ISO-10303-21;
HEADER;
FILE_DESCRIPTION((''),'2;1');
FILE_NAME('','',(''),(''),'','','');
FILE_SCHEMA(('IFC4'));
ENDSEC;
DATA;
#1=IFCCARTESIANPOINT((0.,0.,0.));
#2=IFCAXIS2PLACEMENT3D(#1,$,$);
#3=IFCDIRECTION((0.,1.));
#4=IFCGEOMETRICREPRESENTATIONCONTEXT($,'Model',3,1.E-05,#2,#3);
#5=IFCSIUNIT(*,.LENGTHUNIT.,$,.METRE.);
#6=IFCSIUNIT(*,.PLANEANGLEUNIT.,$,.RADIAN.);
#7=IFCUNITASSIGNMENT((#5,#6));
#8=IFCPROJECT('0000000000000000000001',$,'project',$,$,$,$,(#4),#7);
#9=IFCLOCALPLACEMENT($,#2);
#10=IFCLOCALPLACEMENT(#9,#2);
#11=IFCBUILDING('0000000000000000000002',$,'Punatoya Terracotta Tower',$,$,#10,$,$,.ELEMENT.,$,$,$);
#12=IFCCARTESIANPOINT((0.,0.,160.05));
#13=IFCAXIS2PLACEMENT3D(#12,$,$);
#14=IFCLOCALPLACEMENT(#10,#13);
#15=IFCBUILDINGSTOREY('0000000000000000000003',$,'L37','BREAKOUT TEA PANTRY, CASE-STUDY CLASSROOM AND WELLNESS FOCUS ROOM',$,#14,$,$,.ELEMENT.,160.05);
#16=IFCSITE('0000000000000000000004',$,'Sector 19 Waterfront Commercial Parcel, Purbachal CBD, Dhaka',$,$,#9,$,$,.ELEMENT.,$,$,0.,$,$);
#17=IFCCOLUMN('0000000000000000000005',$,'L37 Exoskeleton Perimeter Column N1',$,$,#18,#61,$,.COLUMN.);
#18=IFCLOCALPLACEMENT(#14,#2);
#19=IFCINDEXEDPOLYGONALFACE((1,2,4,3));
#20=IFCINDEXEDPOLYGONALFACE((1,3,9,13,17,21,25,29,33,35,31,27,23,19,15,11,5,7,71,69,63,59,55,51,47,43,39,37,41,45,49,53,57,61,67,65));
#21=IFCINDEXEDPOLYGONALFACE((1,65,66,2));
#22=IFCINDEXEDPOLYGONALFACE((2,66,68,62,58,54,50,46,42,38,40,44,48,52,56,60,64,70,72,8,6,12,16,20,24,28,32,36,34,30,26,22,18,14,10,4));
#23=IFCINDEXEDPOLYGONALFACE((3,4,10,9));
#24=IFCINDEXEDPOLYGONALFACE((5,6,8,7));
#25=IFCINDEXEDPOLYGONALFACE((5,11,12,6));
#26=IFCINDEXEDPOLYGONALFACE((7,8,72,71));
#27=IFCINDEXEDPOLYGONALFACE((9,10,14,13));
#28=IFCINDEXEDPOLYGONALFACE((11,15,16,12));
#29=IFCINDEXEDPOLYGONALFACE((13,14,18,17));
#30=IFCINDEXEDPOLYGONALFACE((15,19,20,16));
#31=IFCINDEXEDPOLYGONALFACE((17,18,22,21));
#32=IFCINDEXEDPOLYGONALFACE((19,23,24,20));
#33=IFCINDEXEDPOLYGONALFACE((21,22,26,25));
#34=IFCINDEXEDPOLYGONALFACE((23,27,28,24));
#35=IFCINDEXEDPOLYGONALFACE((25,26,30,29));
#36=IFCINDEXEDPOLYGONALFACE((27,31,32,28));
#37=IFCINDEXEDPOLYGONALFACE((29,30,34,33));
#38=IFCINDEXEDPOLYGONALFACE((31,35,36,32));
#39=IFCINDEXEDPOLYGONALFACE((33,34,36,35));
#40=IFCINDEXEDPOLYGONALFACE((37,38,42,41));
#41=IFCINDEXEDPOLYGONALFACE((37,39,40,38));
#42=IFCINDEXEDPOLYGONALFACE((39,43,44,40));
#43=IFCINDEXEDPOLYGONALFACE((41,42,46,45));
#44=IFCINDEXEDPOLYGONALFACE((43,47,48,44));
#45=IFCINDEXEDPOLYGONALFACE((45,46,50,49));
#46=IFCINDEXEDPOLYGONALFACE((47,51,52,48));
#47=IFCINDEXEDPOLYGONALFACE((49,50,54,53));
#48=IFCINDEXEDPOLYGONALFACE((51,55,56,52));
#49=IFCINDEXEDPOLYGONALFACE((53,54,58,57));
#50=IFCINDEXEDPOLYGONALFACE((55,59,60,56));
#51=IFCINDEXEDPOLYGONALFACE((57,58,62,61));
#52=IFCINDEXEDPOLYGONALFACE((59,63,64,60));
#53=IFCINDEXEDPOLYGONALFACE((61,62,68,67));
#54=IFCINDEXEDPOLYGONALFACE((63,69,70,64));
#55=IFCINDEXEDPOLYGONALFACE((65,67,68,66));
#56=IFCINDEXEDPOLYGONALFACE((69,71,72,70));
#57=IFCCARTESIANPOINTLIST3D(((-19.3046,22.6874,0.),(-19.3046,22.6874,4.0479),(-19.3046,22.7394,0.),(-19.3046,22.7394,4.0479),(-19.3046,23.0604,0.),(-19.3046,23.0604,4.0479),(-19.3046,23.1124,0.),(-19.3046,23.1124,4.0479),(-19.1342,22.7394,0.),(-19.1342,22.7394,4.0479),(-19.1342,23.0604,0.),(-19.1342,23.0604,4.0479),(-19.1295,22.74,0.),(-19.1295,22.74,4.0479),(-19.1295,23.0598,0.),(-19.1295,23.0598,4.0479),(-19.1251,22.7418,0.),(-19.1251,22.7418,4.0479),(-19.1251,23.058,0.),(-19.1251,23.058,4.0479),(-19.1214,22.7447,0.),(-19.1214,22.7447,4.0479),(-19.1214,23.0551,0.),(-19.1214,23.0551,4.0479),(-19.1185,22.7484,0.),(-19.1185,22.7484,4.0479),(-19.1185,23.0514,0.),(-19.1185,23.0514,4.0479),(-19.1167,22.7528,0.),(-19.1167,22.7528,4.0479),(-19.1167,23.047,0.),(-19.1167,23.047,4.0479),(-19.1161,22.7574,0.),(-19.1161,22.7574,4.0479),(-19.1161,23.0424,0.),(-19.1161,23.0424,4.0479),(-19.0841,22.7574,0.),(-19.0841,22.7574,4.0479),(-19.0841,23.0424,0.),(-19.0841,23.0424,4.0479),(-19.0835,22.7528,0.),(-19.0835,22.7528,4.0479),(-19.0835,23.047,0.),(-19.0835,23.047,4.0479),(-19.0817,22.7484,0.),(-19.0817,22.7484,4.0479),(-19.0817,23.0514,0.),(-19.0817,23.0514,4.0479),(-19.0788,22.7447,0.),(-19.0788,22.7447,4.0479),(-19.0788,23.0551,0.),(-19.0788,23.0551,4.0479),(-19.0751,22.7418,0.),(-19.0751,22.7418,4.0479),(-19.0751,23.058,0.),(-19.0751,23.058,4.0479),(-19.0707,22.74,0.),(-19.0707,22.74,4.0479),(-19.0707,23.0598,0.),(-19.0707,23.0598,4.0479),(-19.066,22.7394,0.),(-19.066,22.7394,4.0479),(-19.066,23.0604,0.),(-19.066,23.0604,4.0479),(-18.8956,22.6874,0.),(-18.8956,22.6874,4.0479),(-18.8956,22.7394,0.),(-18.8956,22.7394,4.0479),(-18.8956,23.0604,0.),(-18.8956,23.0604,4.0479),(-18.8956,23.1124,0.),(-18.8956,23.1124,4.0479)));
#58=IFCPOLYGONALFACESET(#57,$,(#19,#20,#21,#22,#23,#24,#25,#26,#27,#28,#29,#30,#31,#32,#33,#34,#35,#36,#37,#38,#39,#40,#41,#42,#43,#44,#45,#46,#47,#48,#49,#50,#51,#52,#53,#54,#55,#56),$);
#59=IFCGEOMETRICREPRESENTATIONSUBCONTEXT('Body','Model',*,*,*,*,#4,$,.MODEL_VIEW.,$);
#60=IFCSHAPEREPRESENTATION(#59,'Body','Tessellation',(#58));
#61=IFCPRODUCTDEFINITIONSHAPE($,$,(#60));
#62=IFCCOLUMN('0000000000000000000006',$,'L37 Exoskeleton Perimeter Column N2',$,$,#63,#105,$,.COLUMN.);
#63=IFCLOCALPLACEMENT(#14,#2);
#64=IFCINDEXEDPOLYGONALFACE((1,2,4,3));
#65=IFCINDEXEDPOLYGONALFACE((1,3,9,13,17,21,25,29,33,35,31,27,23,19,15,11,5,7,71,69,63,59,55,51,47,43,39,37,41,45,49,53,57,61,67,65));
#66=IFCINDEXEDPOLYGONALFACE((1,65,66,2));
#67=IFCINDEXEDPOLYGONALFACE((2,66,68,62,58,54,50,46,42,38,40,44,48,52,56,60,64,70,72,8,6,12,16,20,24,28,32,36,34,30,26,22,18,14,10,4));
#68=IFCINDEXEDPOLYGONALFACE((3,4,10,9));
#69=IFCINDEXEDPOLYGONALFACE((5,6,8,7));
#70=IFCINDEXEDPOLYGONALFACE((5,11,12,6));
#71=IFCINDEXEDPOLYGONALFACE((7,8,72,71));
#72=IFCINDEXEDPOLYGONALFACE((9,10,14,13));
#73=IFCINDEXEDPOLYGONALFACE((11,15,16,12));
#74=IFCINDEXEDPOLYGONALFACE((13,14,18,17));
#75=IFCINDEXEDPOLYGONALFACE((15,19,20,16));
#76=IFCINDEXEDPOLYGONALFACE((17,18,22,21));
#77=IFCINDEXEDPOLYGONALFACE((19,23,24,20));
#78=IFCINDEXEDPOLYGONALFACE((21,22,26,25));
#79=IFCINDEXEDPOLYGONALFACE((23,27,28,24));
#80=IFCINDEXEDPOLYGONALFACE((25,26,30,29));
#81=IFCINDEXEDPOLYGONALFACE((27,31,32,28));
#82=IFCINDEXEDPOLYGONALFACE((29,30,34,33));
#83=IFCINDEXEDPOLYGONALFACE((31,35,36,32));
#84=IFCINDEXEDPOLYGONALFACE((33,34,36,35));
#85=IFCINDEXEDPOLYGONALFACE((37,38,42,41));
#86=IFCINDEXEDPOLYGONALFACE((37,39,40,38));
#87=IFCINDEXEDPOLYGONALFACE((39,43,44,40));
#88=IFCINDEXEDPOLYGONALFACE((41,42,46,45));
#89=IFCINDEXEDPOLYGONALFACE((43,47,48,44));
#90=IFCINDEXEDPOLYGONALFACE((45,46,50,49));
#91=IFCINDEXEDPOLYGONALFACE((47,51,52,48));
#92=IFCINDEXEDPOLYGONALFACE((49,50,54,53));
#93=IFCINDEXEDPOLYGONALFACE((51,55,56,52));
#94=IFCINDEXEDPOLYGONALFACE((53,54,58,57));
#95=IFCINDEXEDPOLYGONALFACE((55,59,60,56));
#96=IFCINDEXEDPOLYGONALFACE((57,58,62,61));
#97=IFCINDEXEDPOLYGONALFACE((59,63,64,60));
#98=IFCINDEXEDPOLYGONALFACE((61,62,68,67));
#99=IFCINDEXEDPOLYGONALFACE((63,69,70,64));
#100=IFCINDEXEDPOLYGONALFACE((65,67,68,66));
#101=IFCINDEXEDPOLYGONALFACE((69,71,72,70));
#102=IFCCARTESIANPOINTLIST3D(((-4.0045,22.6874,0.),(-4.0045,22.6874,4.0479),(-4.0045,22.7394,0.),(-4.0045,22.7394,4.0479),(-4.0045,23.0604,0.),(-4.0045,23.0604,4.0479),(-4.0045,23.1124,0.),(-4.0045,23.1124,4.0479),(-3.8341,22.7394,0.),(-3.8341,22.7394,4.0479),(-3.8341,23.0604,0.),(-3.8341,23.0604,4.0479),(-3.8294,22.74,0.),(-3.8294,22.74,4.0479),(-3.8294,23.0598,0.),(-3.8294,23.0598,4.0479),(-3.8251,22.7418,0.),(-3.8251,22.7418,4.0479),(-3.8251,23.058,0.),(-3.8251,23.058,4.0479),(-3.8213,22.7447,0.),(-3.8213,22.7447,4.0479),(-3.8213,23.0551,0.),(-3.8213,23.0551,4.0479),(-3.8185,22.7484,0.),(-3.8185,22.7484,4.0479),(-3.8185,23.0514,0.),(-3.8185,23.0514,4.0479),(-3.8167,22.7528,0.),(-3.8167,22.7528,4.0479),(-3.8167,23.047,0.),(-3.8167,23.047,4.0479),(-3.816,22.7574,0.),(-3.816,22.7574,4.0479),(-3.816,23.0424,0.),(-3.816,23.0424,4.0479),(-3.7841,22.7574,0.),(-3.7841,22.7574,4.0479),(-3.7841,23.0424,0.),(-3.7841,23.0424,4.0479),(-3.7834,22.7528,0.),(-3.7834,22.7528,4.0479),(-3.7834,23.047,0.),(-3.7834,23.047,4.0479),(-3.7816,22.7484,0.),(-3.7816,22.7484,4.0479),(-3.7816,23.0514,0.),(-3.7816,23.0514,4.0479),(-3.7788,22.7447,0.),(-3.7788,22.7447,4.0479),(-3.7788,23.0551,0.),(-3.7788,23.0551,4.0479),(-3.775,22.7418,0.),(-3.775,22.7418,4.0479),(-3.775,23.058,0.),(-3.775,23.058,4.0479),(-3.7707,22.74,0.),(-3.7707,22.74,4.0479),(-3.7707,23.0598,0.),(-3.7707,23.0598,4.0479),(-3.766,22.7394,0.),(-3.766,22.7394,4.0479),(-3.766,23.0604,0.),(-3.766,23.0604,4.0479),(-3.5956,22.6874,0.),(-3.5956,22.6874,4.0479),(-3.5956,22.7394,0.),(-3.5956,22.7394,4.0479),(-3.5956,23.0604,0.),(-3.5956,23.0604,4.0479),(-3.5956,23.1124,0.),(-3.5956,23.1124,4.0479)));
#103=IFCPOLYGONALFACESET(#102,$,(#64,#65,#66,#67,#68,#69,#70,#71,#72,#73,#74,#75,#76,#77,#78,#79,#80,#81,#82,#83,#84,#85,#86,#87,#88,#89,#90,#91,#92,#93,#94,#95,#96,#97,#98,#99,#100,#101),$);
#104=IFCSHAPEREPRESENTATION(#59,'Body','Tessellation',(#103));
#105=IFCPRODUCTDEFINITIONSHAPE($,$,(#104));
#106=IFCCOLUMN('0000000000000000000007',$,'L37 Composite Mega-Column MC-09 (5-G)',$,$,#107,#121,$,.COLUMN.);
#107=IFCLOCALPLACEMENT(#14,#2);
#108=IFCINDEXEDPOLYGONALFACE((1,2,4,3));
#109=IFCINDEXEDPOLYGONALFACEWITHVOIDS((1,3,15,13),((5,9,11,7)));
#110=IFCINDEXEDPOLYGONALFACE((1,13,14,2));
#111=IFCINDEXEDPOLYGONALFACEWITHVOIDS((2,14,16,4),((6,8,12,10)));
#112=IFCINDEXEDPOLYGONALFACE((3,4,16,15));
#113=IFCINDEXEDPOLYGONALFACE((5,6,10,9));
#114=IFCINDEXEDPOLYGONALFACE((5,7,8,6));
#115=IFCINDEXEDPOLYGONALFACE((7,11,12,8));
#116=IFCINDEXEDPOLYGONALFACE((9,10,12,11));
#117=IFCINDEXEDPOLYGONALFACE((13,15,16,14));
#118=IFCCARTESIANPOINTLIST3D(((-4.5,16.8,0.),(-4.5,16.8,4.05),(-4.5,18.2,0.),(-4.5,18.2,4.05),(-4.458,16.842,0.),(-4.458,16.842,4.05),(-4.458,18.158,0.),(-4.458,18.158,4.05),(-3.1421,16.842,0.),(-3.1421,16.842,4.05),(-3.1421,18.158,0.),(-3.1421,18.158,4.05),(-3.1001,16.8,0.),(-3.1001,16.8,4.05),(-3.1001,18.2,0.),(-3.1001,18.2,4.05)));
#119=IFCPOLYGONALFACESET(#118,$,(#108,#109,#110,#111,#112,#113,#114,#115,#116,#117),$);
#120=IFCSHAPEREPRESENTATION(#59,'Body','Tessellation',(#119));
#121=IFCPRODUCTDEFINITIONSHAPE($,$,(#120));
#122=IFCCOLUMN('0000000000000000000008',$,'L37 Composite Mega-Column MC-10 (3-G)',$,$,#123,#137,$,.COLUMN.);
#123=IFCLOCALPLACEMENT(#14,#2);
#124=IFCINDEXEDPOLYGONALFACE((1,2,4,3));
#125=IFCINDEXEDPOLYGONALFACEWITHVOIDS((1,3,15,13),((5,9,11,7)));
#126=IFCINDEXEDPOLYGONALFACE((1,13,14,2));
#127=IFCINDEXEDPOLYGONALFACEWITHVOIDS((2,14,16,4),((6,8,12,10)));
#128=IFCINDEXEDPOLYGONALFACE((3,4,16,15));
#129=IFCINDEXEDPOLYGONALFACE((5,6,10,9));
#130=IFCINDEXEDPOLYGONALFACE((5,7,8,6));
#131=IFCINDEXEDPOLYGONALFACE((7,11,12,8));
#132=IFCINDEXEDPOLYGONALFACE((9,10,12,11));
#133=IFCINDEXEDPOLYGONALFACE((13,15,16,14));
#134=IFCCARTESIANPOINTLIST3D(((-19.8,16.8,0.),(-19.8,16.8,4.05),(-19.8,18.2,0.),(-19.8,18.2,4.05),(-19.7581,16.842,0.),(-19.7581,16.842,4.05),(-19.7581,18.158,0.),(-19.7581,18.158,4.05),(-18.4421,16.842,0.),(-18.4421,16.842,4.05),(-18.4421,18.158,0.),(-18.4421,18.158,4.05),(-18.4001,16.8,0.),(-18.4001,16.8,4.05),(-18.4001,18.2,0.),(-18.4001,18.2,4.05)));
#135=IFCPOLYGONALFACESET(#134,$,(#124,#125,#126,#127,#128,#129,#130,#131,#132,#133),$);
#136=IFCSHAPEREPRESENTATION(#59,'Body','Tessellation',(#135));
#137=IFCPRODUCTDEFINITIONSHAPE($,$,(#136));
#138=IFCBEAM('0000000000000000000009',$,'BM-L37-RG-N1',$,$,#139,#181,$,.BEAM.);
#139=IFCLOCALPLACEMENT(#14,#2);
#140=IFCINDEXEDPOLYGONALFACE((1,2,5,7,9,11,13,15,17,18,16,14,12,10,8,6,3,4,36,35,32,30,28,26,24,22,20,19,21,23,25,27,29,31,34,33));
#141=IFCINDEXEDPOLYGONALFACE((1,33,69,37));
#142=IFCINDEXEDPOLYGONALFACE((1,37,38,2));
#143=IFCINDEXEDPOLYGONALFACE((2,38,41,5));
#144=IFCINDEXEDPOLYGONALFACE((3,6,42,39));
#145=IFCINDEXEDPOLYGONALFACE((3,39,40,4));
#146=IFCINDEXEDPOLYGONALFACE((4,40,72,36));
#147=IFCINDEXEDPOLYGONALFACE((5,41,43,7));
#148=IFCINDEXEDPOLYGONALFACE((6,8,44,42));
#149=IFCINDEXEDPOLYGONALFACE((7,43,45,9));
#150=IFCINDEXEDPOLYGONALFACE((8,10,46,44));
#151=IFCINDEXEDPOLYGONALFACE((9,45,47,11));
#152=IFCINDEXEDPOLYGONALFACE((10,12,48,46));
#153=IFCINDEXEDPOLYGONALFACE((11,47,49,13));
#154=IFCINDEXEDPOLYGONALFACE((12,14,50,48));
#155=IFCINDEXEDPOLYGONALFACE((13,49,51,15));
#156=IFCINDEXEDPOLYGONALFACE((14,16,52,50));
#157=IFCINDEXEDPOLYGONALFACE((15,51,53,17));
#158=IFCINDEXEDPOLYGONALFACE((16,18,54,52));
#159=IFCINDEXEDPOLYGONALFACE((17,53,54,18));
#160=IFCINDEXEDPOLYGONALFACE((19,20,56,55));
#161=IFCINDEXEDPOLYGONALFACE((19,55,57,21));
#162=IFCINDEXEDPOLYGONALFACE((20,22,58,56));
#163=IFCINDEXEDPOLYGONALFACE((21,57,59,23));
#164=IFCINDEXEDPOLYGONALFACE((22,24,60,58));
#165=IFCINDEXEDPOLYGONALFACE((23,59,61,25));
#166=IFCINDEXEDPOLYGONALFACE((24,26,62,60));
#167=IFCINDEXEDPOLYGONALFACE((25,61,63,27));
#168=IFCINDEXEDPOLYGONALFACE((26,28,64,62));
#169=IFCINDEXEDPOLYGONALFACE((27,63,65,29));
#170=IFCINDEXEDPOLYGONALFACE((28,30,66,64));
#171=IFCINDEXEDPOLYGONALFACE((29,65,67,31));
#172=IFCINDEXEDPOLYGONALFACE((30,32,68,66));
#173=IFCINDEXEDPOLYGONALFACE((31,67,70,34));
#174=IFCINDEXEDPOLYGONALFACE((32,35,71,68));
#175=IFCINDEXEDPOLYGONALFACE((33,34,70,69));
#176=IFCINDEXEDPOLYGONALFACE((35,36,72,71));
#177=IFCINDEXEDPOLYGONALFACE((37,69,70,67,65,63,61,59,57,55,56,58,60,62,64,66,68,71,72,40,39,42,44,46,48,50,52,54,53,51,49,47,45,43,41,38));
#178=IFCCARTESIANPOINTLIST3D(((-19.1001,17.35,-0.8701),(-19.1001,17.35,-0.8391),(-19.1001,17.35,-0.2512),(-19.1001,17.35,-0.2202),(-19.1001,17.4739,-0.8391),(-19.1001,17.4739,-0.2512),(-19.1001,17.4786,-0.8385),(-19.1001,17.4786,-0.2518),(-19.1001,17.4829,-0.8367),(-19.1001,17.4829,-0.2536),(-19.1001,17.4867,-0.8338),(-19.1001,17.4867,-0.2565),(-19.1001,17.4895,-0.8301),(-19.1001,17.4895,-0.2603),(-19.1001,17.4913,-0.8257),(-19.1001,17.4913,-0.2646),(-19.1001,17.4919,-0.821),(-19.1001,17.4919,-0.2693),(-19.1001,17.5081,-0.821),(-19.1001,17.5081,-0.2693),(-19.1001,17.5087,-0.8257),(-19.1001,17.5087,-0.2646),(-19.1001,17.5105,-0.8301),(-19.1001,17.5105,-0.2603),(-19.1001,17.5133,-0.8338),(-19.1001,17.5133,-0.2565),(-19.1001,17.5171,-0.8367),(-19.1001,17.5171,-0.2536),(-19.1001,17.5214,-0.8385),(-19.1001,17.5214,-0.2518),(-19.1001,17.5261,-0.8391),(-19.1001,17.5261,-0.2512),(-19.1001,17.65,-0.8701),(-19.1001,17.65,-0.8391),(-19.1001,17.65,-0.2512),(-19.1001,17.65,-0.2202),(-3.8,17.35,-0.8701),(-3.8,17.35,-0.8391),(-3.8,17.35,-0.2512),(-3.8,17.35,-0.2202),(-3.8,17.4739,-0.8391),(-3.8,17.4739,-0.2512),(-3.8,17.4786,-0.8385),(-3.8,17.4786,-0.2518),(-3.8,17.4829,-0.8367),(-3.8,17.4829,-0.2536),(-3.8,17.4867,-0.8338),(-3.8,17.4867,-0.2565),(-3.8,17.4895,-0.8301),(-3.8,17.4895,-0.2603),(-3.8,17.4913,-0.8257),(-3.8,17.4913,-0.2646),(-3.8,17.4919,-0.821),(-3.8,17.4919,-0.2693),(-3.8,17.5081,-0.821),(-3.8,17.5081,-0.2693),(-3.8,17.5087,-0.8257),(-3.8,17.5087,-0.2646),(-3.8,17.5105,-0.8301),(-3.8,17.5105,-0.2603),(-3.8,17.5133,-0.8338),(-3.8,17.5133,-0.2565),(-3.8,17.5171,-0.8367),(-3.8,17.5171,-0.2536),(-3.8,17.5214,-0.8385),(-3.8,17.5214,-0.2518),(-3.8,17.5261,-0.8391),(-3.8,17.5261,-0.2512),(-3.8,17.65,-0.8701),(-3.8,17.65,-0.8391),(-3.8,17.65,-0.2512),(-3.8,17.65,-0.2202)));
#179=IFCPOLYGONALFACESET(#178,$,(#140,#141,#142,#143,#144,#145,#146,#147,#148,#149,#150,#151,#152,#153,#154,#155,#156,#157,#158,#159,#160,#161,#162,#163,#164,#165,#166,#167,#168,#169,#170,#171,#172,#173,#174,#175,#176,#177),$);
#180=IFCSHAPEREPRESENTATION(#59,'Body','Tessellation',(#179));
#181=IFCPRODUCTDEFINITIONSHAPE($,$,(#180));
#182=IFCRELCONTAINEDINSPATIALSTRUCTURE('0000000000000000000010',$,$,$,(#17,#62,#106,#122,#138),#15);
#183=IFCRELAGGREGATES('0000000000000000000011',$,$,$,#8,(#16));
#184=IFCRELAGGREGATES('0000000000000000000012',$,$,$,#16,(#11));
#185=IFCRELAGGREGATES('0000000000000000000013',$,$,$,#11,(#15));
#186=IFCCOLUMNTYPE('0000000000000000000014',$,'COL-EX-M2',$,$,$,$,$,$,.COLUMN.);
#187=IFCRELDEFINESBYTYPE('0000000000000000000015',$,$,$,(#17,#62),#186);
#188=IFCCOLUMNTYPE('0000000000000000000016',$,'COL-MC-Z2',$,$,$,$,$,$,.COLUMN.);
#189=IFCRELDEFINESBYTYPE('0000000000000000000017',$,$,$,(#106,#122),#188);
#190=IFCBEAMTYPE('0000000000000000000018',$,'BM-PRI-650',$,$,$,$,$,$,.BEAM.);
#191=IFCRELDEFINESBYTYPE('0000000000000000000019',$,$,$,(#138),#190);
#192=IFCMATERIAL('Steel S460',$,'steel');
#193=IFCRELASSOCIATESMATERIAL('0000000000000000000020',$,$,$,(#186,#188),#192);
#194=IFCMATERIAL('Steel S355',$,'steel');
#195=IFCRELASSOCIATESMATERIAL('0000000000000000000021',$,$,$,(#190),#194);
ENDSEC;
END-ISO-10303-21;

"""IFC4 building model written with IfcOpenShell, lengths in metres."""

from ifc_helpers import new_model, si_unit, direction, frame, origin, origin_2d, place, context, subcontext, project, spatial, hollow_rectangle, i_section, extrude, material, material_profile, profile_set, type_object, element, save


model = new_model("IFC4")

# Units and contexts
model_context = context("Model", 3, precision=1e-05, world=origin(), true_north=direction((0.0, 1.0)))
body_context = subcontext(model_context, "Body", "Model", "MODEL_VIEW")
ifc_project = project(units=[si_unit("LENGTHUNIT", "METRE"), si_unit("PLANEANGLEUNIT", "RADIAN")], contexts=[model_context])

# Site, building, storey
site_placement = place(None, origin())
site = spatial("IfcSite", under=ifc_project, at=site_placement, Name="Sector 19 Waterfront Commercial Parcel, Purbachal CBD, Dhaka", CompositionType="ELEMENT", RefElevation=0.0)
building_placement = place(site_placement, origin())
building = spatial("IfcBuilding", under=site, at=building_placement, Name="Punatoya Terracotta Tower", CompositionType="ELEMENT")
storey_placement = place(building_placement, frame((0.0, 0.0, 160.05)))
storey = spatial("IfcBuildingStorey", under=building, at=storey_placement, Name="L37", Description="BREAKOUT TEA PANTRY, CASE-STUDY CLASSROOM AND WELLNESS FOCUS ROOM", CompositionType="ELEMENT", Elevation=160.05)

# Columns
ifc_material_1 = material(Name="Steel S460", Category="steel")
ifc_material_profile_1 = material_profile(ifc_material_1, i_section(OverallWidth=0.4089, OverallDepth=0.425, WebThickness=0.032, FlangeThickness=0.052, FilletRadius=0.0181, at=origin_2d()))
ifc_profile_set_1 = profile_set([ifc_material_profile_1], Name="Steel S460")
column_type_1 = type_object("IfcColumnType", Name="COL-EX-M2", PredefinedType="COLUMN", material=ifc_profile_set_1)
for number, where, z_axis, x_axis, name in (
    (1, (-19.1001, 22.8999, 0.0), (0.0, 0.0, 1.0), (1.0, 0.0, 0.0), "L37 Exoskeleton Perimeter Column N1"),
    (2, (-3.8, 22.8999, 0.0), (0.0, 0.0, 1.0), (1.0, 0.0, 0.0), "L37 Exoskeleton Perimeter Column N2"),
):
    element("IfcColumn", number, at=place(storey_placement, frame(where, z_axis=z_axis, x_axis=x_axis)), inside=storey, type_object=column_type_1, Name=name, PredefinedType="COLUMN", context=body_context, shape_type="SweptSolid", body=[
        extrude(i_section(OverallWidth=0.4089, OverallDepth=0.425, WebThickness=0.032, FlangeThickness=0.052, FilletRadius=0.0181, at=origin_2d()), origin(), (0.0, 0.0, 1.0), 4.0479),
    ])
ifc_material_profile_2 = material_profile(ifc_material_1, hollow_rectangle(XDim=1.3999, YDim=1.3999, WallThickness=0.042, at=origin_2d()))
ifc_profile_set_2 = profile_set([ifc_material_profile_2], Name="Steel S460")
column_type_2 = type_object("IfcColumnType", Name="COL-MC-Z2", PredefinedType="COLUMN", material=ifc_profile_set_2)
for number, where, z_axis, x_axis, name in (
    (3, (-3.8, 17.5, 0.0), (0.0, 0.0, 1.0), (1.0, 0.0, 0.0), "L37 Composite Mega-Column MC-09 (5-G)"),
    (4, (-19.1001, 17.5, 0.0), (0.0, 0.0, 1.0), (1.0, 0.0, 0.0), "L37 Composite Mega-Column MC-10 (3-G)"),
):
    element("IfcColumn", number, at=place(storey_placement, frame(where, z_axis=z_axis, x_axis=x_axis)), inside=storey, type_object=column_type_2, Name=name, PredefinedType="COLUMN", context=body_context, shape_type="SweptSolid", body=[
        extrude(hollow_rectangle(XDim=1.3999, YDim=1.3999, WallThickness=0.042, at=origin_2d()), origin(), (0.0, 0.0, 1.0), 4.05),
    ])

# Beam
ifc_material_2 = material(Name="Steel S355", Category="steel")
ifc_material_profile_3 = material_profile(ifc_material_2, i_section(OverallWidth=0.3, OverallDepth=0.6499, WebThickness=0.0161, FlangeThickness=0.031, FilletRadius=0.0181, at=origin_2d()))
ifc_profile_set_3 = profile_set([ifc_material_profile_3], Name="Steel S355")
beam_type_1 = type_object("IfcBeamType", Name="BM-PRI-650", PredefinedType="BEAM", material=ifc_profile_set_3)
beam_1_placement = place(storey_placement, frame((-19.1001, 17.5, -0.5452), z_axis=(1.0, 0.0, 0.0), x_axis=(0.0, 1.0, 0.0)))
element("IfcBeam", 5, at=beam_1_placement, inside=storey, type_object=beam_type_1, Name="BM-L37-RG-N1", PredefinedType="BEAM", context=body_context, shape_type="SweptSolid", body=[
    extrude(i_section(OverallWidth=0.3, OverallDepth=0.6499, WebThickness=0.0161, FlangeThickness=0.031, FilletRadius=0.0181, at=origin_2d()), origin(), (0.0, 0.0, 1.0), 15.3),
])

save(model, "model.ifc")
